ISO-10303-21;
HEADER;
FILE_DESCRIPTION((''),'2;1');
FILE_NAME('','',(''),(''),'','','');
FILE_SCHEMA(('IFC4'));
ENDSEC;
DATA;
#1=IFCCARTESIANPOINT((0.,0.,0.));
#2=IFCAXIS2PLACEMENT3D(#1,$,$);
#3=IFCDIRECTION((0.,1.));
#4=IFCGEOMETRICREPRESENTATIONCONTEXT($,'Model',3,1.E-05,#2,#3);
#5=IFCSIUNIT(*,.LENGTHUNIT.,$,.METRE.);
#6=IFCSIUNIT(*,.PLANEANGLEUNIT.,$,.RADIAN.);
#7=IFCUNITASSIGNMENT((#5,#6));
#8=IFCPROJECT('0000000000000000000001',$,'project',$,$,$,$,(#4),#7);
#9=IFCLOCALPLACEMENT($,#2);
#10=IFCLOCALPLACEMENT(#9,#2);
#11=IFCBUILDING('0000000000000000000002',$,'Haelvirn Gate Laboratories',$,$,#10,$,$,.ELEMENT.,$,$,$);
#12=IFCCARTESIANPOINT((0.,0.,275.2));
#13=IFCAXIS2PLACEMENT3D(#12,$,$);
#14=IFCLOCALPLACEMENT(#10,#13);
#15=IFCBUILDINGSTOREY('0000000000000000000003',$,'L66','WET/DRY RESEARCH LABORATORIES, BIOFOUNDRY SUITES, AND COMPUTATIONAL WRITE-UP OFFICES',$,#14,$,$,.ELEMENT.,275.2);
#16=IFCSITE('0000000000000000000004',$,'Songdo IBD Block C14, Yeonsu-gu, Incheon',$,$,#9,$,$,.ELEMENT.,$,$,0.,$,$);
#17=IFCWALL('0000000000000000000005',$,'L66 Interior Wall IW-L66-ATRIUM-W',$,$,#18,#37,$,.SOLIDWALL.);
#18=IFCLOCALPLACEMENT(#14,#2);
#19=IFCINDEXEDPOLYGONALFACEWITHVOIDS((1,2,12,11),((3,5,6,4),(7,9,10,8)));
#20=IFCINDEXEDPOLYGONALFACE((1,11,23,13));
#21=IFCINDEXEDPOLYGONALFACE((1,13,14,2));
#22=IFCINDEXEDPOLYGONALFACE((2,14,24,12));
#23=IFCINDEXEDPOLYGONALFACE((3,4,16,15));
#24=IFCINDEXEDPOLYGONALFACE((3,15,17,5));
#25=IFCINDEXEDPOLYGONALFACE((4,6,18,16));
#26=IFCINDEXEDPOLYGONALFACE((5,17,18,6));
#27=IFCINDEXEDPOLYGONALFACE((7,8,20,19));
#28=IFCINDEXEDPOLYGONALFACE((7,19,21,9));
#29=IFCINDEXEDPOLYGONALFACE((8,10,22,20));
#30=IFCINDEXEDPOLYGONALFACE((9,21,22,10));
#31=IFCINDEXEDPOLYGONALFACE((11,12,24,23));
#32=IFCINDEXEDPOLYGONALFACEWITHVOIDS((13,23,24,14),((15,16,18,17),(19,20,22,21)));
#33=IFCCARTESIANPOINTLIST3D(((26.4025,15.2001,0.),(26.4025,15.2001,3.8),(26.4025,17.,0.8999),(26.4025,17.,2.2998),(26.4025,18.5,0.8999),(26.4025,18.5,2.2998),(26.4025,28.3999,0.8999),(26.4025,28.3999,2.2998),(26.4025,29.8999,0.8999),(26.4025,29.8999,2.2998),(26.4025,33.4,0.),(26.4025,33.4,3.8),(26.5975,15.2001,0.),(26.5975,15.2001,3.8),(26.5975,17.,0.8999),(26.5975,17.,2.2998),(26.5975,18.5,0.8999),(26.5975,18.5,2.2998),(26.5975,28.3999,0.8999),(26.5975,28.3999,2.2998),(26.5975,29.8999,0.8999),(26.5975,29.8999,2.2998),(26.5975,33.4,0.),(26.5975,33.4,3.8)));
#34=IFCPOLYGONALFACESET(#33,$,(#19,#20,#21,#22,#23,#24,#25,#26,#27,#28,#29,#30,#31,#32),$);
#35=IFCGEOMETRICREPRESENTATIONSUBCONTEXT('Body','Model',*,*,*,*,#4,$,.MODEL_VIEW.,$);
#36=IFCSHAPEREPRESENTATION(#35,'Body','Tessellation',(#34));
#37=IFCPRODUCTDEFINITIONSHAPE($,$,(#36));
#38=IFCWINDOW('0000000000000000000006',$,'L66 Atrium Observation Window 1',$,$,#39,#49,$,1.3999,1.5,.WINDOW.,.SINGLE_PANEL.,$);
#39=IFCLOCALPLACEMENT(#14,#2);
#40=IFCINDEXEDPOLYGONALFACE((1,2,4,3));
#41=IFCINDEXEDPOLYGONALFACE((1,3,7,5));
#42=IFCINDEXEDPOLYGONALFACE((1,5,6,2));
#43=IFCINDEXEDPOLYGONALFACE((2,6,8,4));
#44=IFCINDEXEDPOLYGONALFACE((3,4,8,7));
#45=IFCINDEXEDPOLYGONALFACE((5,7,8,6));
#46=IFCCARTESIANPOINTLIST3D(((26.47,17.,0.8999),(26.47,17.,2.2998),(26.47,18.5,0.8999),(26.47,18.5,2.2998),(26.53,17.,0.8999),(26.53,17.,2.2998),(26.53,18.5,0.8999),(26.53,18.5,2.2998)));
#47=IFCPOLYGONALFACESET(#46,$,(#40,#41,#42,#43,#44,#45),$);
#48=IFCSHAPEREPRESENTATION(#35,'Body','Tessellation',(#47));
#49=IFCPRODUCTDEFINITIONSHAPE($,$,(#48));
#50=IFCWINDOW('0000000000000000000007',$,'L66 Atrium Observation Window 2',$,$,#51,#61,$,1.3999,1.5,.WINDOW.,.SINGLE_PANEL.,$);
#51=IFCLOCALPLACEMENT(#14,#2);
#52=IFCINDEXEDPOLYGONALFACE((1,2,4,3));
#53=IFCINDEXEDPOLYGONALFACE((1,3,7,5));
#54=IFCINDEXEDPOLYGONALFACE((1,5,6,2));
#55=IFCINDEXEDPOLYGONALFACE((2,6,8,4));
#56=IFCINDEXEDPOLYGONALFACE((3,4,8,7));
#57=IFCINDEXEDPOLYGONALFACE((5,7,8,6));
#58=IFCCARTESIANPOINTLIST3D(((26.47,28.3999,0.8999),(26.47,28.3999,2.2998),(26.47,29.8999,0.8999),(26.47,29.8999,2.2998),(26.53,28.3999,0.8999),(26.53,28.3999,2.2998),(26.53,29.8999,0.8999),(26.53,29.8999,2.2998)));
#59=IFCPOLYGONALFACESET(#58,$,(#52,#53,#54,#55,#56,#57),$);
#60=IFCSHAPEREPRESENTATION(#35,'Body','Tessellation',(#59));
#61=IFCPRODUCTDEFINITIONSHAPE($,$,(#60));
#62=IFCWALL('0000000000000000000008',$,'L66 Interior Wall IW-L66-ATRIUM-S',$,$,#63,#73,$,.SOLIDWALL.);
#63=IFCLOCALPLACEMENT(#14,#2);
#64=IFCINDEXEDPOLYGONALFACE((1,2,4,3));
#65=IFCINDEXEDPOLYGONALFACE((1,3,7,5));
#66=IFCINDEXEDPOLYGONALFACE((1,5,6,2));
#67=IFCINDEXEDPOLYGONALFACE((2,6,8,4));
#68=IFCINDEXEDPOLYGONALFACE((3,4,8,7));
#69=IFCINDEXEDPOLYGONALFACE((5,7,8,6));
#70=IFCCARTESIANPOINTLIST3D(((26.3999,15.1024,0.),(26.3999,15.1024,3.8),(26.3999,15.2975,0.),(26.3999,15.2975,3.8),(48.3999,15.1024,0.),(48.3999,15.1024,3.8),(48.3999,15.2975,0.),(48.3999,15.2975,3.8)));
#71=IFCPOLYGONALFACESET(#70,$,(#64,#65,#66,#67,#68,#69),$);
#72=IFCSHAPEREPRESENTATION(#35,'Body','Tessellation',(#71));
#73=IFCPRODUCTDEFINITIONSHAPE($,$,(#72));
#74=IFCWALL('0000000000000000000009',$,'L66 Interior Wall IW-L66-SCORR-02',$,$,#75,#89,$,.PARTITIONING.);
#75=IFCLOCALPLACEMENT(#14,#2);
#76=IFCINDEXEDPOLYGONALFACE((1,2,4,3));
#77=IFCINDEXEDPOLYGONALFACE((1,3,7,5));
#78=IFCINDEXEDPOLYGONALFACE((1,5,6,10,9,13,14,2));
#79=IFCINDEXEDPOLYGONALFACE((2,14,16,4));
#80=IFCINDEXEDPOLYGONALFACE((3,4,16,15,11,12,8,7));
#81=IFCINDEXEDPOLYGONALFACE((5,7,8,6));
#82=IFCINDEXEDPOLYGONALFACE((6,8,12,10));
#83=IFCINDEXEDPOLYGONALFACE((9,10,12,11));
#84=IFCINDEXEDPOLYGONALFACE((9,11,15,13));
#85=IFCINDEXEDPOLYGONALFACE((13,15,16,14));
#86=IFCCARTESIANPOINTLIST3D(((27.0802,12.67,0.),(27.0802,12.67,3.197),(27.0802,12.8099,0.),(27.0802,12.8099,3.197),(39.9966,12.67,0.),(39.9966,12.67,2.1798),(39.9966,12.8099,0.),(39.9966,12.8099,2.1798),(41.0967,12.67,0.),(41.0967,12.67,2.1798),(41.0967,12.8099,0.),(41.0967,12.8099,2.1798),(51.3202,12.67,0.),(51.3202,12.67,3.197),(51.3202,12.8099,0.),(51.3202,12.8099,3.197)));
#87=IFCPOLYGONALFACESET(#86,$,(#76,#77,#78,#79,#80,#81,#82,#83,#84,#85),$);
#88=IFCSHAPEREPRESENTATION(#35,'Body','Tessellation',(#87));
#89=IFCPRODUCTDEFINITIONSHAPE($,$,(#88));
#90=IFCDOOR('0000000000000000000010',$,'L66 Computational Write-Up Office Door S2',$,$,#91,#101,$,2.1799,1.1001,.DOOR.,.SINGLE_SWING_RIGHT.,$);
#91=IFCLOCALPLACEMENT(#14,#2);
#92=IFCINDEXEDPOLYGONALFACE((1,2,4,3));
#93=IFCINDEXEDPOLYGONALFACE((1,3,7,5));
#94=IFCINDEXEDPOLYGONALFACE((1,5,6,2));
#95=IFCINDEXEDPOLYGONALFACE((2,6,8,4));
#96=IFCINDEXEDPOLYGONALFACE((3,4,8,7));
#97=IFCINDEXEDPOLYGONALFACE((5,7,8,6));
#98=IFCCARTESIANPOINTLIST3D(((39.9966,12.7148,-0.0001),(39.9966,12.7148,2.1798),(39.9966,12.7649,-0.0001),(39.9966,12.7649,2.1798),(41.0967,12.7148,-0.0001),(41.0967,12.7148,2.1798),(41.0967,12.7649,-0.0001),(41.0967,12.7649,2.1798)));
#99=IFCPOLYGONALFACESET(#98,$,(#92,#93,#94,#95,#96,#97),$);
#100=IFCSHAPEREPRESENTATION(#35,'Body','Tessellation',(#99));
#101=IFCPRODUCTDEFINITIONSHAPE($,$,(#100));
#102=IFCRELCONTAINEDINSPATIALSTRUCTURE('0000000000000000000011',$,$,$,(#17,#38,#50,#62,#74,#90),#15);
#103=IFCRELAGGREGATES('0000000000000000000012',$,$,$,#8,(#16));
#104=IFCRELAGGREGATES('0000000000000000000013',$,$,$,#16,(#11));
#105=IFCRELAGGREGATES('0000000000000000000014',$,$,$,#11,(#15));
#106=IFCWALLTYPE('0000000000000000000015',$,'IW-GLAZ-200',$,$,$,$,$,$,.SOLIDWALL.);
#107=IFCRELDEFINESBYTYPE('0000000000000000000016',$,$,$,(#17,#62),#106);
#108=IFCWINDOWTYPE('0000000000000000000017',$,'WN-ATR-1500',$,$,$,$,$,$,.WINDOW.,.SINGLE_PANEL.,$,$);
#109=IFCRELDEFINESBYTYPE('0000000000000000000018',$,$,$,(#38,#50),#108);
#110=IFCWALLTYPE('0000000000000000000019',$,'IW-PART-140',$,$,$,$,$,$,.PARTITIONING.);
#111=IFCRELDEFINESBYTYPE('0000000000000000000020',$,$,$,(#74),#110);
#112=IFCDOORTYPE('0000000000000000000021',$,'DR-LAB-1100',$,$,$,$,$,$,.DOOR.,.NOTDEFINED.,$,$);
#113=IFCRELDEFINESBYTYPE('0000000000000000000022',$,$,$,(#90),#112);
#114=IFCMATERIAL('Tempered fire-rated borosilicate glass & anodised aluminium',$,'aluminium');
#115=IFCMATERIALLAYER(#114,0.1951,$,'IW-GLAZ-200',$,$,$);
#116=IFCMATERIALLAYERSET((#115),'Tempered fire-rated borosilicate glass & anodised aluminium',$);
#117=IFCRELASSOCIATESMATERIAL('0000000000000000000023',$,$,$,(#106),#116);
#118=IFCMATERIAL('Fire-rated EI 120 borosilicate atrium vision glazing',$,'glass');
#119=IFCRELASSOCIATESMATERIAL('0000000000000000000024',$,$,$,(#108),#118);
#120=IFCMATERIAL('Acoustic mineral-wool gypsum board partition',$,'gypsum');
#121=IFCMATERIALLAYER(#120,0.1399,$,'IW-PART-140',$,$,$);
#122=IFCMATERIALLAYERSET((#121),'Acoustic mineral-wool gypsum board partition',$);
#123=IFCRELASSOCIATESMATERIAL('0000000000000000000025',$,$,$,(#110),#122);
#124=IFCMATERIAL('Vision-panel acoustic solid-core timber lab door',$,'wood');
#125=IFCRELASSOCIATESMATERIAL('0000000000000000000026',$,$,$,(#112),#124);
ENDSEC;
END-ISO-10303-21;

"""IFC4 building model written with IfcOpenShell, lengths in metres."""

from ifc_helpers import new_model, si_unit, direction, frame, frame_2d, origin, place, context, subcontext, project, spatial, rectangle, extrude, source, transform, mapped, material, layer, layer_set, type_object, type_shapes, element, fill, save


model = new_model("IFC4")

# Units and contexts
model_context = context("Model", 3, precision=1e-05, world=origin(), true_north=direction((0.0, 1.0)))
body_context = subcontext(model_context, "Body", "Model", "MODEL_VIEW")
ifc_project = project(units=[si_unit("LENGTHUNIT", "METRE"), si_unit("PLANEANGLEUNIT", "RADIAN")], contexts=[model_context])

# Site, building, storey
site_placement = place(None, origin())
site = spatial("IfcSite", under=ifc_project, at=site_placement, Name="Songdo IBD Block C14, Yeonsu-gu, Incheon", CompositionType="ELEMENT", RefElevation=0.0)
building_placement = place(site_placement, origin())
building = spatial("IfcBuilding", under=site, at=building_placement, Name="Haelvirn Gate Laboratories", CompositionType="ELEMENT")
storey_placement = place(building_placement, frame((0.0, 0.0, 275.2)))
storey = spatial("IfcBuildingStorey", under=building, at=storey_placement, Name="L66", Description="WET/DRY RESEARCH LABORATORIES, BIOFOUNDRY SUITES, AND COMPUTATIONAL WRITE-UP OFFICES", CompositionType="ELEMENT", Elevation=275.2)

# Wall, openings, windows
ifc_material_1 = material(Name="Tempered fire-rated borosilicate glass & anodised aluminium", Category="aluminium")
ifc_layer_1 = layer(ifc_material_1, 0.1951, Name="IW-GLAZ-200")
ifc_layer_set_1 = layer_set([ifc_layer_1], Name="Tempered fire-rated borosilicate glass & anodised aluminium")
wall_type_1 = type_object("IfcWallType", Name="IW-GLAZ-200", PredefinedType="SOLIDWALL", material=ifc_layer_set_1)
wall_1_placement = place(storey_placement, frame((26.5, 15.2, 0.0), z_axis=(0.0, 0.0, 1.0), x_axis=(0.0, 1.0, 0.0)))
wall_1 = element("IfcWall", 1, at=wall_1_placement, inside=storey, type_object=wall_type_1, Name="L66 Interior Wall IW-L66-ATRIUM-W", PredefinedType="SOLIDWALL", context=body_context, shape_type="SweptSolid", body=[
    extrude(rectangle(XDim=18.2, YDim=0.1951, at=frame_2d((9.1001, 0.0))), origin(), (0.0, 0.0, 1.0), 3.8),
])
opening_1_placement = place(wall_1_placement, frame((1.8, 0.0, 0.8999)))
opening_1 = element("IfcOpeningElement", 2, at=opening_1_placement, cuts=wall_1, PredefinedType="OPENING", context=body_context, shape_type="SweptSolid", body=[
    extrude(rectangle(XDim=1.5, YDim=1.3999, at=frame_2d((0.75, 0.7))), frame((0.0, 0.1074, 0.0), z_axis=(0.0, -1.0, 0.0), x_axis=(1.0, 0.0, 0.0)), (0.0, 0.0, 1.0), 0.2151),
])
opening_2_placement = place(wall_1_placement, frame((13.2, 0.0, 0.8999)))
opening_2 = element("IfcOpeningElement", 3, at=opening_2_placement, cuts=wall_1, PredefinedType="OPENING", context=body_context, shape_type="SweptSolid", body=[
    extrude(rectangle(XDim=1.5, YDim=1.3999, at=frame_2d((0.75, 0.7))), frame((0.0, 0.1074, 0.0), z_axis=(0.0, -1.0, 0.0), x_axis=(1.0, 0.0, 0.0)), (0.0, 0.0, 1.0), 0.2151),
])
ifc_material_2 = material(Name="Fire-rated EI 120 borosilicate atrium vision glazing", Category="glass")
window_type = type_object("IfcWindowType", Name="WN-ATR-1500", PartitioningType="SINGLE_PANEL", PredefinedType="WINDOW", material=ifc_material_2)
shared_shape_1 = source(origin(), body_context, "Body", "SweptSolid", [
    extrude(rectangle(XDim=1.5, YDim=1.3999, at=frame_2d((0.75, 0.7))), frame((0.0, 0.03, 0.0), z_axis=(0.0, -1.0, 0.0), x_axis=(1.0, 0.0, 0.0)), (0.0, 0.0, 1.0), 0.0601),
])
type_shapes(window_type, [shared_shape_1])
window_1_placement = place(opening_1_placement, origin())
window_1 = element("IfcWindow", 4, at=window_1_placement, inside=storey, type_object=window_type, Name="L66 Atrium Observation Window 1", OverallHeight=1.3999, OverallWidth=1.5, PartitioningType="SINGLE_PANEL", PredefinedType="WINDOW", context=body_context, shape_type="MappedRepresentation", body=[
    mapped(shared_shape_1, transform((0.0, 0.0, 0.0), scale=1.0)),
])
fill(opening_1, window_1)
window_2_placement = place(opening_2_placement, origin())
window_2 = element("IfcWindow", 5, at=window_2_placement, inside=storey, type_object=window_type, Name="L66 Atrium Observation Window 2", OverallHeight=1.3999, OverallWidth=1.5, PartitioningType="SINGLE_PANEL", PredefinedType="WINDOW", context=body_context, shape_type="MappedRepresentation", body=[
    mapped(shared_shape_1, transform((0.0, 0.0, 0.0), scale=1.0)),
])
fill(opening_2, window_2)

# Wall
wall_2_placement = place(storey_placement, frame((26.3999, 15.2, 0.0), z_axis=(0.0, 0.0, 1.0), x_axis=(1.0, 0.0, 0.0)))
element("IfcWall", 6, at=wall_2_placement, inside=storey, type_object=wall_type_1, Name="L66 Interior Wall IW-L66-ATRIUM-S", PredefinedType="SOLIDWALL", context=body_context, shape_type="SweptSolid", body=[
    extrude(rectangle(XDim=22.0, YDim=0.1951, at=frame_2d((11.0, 0.0))), origin(), (0.0, 0.0, 1.0), 3.8),
])

# Wall, opening, door
ifc_material_3 = material(Name="Acoustic mineral-wool gypsum board partition", Category="gypsum")
ifc_layer_2 = layer(ifc_material_3, 0.1399, Name="IW-PART-140")
ifc_layer_set_2 = layer_set([ifc_layer_2], Name="Acoustic mineral-wool gypsum board partition")
wall_type_2 = type_object("IfcWallType", Name="IW-PART-140", PredefinedType="PARTITIONING", material=ifc_layer_set_2)
wall_3_placement = place(storey_placement, frame((27.0801, 12.74, 0.0), z_axis=(0.0, 0.0, 1.0), x_axis=(1.0, 0.0, 0.0)))
wall_3 = element("IfcWall", 7, at=wall_3_placement, inside=storey, type_object=wall_type_2, Name="L66 Interior Wall IW-L66-SCORR-02", PredefinedType="PARTITIONING", context=body_context, shape_type="SweptSolid", body=[
    extrude(rectangle(XDim=24.24, YDim=0.1399, at=frame_2d((12.1201, 0.0))), origin(), (0.0, 0.0, 1.0), 3.197),
])
opening_3_placement = place(wall_3_placement, frame((12.9165, 0.0, 0.0)))
opening_3 = element("IfcOpeningElement", 8, at=opening_3_placement, cuts=wall_3, PredefinedType="OPENING", context=body_context, shape_type="SweptSolid", body=[
    extrude(rectangle(XDim=1.1001, YDim=2.1799, at=frame_2d((0.55, 1.0898))), frame((0.0, 0.0801, 0.0), z_axis=(0.0, -1.0, 0.0), x_axis=(1.0, 0.0, 0.0)), (0.0, 0.0, 1.0), 0.1599),
])
ifc_material_4 = material(Name="Vision-panel acoustic solid-core timber lab door", Category="wood")
door_type = type_object("IfcDoorType", Name="DR-LAB-1100", OperationType="NOTDEFINED", PredefinedType="DOOR", material=ifc_material_4)
shared_shape_2 = source(origin(), body_context, "Body", "SweptSolid", [
    extrude(rectangle(XDim=1.1001, YDim=2.1799, at=frame_2d((0.55, 1.0898))), frame((0.0, 0.0249, 0.0), z_axis=(0.0, -1.0, 0.0), x_axis=(1.0, 0.0, 0.0)), (0.0, 0.0, 1.0), 0.05),
])
type_shapes(door_type, [shared_shape_2])
door_placement = place(opening_3_placement, origin())
door = element("IfcDoor", 9, at=door_placement, inside=storey, type_object=door_type, Name="L66 Computational Write-Up Office Door S2", OperationType="SINGLE_SWING_RIGHT", OverallHeight=2.1799, OverallWidth=1.1001, PredefinedType="DOOR", context=body_context, shape_type="MappedRepresentation", body=[
    mapped(shared_shape_2, transform((0.0, 0.0, 0.0), scale=1.0)),
])
fill(opening_3, door)

save(model, "model.ifc")
